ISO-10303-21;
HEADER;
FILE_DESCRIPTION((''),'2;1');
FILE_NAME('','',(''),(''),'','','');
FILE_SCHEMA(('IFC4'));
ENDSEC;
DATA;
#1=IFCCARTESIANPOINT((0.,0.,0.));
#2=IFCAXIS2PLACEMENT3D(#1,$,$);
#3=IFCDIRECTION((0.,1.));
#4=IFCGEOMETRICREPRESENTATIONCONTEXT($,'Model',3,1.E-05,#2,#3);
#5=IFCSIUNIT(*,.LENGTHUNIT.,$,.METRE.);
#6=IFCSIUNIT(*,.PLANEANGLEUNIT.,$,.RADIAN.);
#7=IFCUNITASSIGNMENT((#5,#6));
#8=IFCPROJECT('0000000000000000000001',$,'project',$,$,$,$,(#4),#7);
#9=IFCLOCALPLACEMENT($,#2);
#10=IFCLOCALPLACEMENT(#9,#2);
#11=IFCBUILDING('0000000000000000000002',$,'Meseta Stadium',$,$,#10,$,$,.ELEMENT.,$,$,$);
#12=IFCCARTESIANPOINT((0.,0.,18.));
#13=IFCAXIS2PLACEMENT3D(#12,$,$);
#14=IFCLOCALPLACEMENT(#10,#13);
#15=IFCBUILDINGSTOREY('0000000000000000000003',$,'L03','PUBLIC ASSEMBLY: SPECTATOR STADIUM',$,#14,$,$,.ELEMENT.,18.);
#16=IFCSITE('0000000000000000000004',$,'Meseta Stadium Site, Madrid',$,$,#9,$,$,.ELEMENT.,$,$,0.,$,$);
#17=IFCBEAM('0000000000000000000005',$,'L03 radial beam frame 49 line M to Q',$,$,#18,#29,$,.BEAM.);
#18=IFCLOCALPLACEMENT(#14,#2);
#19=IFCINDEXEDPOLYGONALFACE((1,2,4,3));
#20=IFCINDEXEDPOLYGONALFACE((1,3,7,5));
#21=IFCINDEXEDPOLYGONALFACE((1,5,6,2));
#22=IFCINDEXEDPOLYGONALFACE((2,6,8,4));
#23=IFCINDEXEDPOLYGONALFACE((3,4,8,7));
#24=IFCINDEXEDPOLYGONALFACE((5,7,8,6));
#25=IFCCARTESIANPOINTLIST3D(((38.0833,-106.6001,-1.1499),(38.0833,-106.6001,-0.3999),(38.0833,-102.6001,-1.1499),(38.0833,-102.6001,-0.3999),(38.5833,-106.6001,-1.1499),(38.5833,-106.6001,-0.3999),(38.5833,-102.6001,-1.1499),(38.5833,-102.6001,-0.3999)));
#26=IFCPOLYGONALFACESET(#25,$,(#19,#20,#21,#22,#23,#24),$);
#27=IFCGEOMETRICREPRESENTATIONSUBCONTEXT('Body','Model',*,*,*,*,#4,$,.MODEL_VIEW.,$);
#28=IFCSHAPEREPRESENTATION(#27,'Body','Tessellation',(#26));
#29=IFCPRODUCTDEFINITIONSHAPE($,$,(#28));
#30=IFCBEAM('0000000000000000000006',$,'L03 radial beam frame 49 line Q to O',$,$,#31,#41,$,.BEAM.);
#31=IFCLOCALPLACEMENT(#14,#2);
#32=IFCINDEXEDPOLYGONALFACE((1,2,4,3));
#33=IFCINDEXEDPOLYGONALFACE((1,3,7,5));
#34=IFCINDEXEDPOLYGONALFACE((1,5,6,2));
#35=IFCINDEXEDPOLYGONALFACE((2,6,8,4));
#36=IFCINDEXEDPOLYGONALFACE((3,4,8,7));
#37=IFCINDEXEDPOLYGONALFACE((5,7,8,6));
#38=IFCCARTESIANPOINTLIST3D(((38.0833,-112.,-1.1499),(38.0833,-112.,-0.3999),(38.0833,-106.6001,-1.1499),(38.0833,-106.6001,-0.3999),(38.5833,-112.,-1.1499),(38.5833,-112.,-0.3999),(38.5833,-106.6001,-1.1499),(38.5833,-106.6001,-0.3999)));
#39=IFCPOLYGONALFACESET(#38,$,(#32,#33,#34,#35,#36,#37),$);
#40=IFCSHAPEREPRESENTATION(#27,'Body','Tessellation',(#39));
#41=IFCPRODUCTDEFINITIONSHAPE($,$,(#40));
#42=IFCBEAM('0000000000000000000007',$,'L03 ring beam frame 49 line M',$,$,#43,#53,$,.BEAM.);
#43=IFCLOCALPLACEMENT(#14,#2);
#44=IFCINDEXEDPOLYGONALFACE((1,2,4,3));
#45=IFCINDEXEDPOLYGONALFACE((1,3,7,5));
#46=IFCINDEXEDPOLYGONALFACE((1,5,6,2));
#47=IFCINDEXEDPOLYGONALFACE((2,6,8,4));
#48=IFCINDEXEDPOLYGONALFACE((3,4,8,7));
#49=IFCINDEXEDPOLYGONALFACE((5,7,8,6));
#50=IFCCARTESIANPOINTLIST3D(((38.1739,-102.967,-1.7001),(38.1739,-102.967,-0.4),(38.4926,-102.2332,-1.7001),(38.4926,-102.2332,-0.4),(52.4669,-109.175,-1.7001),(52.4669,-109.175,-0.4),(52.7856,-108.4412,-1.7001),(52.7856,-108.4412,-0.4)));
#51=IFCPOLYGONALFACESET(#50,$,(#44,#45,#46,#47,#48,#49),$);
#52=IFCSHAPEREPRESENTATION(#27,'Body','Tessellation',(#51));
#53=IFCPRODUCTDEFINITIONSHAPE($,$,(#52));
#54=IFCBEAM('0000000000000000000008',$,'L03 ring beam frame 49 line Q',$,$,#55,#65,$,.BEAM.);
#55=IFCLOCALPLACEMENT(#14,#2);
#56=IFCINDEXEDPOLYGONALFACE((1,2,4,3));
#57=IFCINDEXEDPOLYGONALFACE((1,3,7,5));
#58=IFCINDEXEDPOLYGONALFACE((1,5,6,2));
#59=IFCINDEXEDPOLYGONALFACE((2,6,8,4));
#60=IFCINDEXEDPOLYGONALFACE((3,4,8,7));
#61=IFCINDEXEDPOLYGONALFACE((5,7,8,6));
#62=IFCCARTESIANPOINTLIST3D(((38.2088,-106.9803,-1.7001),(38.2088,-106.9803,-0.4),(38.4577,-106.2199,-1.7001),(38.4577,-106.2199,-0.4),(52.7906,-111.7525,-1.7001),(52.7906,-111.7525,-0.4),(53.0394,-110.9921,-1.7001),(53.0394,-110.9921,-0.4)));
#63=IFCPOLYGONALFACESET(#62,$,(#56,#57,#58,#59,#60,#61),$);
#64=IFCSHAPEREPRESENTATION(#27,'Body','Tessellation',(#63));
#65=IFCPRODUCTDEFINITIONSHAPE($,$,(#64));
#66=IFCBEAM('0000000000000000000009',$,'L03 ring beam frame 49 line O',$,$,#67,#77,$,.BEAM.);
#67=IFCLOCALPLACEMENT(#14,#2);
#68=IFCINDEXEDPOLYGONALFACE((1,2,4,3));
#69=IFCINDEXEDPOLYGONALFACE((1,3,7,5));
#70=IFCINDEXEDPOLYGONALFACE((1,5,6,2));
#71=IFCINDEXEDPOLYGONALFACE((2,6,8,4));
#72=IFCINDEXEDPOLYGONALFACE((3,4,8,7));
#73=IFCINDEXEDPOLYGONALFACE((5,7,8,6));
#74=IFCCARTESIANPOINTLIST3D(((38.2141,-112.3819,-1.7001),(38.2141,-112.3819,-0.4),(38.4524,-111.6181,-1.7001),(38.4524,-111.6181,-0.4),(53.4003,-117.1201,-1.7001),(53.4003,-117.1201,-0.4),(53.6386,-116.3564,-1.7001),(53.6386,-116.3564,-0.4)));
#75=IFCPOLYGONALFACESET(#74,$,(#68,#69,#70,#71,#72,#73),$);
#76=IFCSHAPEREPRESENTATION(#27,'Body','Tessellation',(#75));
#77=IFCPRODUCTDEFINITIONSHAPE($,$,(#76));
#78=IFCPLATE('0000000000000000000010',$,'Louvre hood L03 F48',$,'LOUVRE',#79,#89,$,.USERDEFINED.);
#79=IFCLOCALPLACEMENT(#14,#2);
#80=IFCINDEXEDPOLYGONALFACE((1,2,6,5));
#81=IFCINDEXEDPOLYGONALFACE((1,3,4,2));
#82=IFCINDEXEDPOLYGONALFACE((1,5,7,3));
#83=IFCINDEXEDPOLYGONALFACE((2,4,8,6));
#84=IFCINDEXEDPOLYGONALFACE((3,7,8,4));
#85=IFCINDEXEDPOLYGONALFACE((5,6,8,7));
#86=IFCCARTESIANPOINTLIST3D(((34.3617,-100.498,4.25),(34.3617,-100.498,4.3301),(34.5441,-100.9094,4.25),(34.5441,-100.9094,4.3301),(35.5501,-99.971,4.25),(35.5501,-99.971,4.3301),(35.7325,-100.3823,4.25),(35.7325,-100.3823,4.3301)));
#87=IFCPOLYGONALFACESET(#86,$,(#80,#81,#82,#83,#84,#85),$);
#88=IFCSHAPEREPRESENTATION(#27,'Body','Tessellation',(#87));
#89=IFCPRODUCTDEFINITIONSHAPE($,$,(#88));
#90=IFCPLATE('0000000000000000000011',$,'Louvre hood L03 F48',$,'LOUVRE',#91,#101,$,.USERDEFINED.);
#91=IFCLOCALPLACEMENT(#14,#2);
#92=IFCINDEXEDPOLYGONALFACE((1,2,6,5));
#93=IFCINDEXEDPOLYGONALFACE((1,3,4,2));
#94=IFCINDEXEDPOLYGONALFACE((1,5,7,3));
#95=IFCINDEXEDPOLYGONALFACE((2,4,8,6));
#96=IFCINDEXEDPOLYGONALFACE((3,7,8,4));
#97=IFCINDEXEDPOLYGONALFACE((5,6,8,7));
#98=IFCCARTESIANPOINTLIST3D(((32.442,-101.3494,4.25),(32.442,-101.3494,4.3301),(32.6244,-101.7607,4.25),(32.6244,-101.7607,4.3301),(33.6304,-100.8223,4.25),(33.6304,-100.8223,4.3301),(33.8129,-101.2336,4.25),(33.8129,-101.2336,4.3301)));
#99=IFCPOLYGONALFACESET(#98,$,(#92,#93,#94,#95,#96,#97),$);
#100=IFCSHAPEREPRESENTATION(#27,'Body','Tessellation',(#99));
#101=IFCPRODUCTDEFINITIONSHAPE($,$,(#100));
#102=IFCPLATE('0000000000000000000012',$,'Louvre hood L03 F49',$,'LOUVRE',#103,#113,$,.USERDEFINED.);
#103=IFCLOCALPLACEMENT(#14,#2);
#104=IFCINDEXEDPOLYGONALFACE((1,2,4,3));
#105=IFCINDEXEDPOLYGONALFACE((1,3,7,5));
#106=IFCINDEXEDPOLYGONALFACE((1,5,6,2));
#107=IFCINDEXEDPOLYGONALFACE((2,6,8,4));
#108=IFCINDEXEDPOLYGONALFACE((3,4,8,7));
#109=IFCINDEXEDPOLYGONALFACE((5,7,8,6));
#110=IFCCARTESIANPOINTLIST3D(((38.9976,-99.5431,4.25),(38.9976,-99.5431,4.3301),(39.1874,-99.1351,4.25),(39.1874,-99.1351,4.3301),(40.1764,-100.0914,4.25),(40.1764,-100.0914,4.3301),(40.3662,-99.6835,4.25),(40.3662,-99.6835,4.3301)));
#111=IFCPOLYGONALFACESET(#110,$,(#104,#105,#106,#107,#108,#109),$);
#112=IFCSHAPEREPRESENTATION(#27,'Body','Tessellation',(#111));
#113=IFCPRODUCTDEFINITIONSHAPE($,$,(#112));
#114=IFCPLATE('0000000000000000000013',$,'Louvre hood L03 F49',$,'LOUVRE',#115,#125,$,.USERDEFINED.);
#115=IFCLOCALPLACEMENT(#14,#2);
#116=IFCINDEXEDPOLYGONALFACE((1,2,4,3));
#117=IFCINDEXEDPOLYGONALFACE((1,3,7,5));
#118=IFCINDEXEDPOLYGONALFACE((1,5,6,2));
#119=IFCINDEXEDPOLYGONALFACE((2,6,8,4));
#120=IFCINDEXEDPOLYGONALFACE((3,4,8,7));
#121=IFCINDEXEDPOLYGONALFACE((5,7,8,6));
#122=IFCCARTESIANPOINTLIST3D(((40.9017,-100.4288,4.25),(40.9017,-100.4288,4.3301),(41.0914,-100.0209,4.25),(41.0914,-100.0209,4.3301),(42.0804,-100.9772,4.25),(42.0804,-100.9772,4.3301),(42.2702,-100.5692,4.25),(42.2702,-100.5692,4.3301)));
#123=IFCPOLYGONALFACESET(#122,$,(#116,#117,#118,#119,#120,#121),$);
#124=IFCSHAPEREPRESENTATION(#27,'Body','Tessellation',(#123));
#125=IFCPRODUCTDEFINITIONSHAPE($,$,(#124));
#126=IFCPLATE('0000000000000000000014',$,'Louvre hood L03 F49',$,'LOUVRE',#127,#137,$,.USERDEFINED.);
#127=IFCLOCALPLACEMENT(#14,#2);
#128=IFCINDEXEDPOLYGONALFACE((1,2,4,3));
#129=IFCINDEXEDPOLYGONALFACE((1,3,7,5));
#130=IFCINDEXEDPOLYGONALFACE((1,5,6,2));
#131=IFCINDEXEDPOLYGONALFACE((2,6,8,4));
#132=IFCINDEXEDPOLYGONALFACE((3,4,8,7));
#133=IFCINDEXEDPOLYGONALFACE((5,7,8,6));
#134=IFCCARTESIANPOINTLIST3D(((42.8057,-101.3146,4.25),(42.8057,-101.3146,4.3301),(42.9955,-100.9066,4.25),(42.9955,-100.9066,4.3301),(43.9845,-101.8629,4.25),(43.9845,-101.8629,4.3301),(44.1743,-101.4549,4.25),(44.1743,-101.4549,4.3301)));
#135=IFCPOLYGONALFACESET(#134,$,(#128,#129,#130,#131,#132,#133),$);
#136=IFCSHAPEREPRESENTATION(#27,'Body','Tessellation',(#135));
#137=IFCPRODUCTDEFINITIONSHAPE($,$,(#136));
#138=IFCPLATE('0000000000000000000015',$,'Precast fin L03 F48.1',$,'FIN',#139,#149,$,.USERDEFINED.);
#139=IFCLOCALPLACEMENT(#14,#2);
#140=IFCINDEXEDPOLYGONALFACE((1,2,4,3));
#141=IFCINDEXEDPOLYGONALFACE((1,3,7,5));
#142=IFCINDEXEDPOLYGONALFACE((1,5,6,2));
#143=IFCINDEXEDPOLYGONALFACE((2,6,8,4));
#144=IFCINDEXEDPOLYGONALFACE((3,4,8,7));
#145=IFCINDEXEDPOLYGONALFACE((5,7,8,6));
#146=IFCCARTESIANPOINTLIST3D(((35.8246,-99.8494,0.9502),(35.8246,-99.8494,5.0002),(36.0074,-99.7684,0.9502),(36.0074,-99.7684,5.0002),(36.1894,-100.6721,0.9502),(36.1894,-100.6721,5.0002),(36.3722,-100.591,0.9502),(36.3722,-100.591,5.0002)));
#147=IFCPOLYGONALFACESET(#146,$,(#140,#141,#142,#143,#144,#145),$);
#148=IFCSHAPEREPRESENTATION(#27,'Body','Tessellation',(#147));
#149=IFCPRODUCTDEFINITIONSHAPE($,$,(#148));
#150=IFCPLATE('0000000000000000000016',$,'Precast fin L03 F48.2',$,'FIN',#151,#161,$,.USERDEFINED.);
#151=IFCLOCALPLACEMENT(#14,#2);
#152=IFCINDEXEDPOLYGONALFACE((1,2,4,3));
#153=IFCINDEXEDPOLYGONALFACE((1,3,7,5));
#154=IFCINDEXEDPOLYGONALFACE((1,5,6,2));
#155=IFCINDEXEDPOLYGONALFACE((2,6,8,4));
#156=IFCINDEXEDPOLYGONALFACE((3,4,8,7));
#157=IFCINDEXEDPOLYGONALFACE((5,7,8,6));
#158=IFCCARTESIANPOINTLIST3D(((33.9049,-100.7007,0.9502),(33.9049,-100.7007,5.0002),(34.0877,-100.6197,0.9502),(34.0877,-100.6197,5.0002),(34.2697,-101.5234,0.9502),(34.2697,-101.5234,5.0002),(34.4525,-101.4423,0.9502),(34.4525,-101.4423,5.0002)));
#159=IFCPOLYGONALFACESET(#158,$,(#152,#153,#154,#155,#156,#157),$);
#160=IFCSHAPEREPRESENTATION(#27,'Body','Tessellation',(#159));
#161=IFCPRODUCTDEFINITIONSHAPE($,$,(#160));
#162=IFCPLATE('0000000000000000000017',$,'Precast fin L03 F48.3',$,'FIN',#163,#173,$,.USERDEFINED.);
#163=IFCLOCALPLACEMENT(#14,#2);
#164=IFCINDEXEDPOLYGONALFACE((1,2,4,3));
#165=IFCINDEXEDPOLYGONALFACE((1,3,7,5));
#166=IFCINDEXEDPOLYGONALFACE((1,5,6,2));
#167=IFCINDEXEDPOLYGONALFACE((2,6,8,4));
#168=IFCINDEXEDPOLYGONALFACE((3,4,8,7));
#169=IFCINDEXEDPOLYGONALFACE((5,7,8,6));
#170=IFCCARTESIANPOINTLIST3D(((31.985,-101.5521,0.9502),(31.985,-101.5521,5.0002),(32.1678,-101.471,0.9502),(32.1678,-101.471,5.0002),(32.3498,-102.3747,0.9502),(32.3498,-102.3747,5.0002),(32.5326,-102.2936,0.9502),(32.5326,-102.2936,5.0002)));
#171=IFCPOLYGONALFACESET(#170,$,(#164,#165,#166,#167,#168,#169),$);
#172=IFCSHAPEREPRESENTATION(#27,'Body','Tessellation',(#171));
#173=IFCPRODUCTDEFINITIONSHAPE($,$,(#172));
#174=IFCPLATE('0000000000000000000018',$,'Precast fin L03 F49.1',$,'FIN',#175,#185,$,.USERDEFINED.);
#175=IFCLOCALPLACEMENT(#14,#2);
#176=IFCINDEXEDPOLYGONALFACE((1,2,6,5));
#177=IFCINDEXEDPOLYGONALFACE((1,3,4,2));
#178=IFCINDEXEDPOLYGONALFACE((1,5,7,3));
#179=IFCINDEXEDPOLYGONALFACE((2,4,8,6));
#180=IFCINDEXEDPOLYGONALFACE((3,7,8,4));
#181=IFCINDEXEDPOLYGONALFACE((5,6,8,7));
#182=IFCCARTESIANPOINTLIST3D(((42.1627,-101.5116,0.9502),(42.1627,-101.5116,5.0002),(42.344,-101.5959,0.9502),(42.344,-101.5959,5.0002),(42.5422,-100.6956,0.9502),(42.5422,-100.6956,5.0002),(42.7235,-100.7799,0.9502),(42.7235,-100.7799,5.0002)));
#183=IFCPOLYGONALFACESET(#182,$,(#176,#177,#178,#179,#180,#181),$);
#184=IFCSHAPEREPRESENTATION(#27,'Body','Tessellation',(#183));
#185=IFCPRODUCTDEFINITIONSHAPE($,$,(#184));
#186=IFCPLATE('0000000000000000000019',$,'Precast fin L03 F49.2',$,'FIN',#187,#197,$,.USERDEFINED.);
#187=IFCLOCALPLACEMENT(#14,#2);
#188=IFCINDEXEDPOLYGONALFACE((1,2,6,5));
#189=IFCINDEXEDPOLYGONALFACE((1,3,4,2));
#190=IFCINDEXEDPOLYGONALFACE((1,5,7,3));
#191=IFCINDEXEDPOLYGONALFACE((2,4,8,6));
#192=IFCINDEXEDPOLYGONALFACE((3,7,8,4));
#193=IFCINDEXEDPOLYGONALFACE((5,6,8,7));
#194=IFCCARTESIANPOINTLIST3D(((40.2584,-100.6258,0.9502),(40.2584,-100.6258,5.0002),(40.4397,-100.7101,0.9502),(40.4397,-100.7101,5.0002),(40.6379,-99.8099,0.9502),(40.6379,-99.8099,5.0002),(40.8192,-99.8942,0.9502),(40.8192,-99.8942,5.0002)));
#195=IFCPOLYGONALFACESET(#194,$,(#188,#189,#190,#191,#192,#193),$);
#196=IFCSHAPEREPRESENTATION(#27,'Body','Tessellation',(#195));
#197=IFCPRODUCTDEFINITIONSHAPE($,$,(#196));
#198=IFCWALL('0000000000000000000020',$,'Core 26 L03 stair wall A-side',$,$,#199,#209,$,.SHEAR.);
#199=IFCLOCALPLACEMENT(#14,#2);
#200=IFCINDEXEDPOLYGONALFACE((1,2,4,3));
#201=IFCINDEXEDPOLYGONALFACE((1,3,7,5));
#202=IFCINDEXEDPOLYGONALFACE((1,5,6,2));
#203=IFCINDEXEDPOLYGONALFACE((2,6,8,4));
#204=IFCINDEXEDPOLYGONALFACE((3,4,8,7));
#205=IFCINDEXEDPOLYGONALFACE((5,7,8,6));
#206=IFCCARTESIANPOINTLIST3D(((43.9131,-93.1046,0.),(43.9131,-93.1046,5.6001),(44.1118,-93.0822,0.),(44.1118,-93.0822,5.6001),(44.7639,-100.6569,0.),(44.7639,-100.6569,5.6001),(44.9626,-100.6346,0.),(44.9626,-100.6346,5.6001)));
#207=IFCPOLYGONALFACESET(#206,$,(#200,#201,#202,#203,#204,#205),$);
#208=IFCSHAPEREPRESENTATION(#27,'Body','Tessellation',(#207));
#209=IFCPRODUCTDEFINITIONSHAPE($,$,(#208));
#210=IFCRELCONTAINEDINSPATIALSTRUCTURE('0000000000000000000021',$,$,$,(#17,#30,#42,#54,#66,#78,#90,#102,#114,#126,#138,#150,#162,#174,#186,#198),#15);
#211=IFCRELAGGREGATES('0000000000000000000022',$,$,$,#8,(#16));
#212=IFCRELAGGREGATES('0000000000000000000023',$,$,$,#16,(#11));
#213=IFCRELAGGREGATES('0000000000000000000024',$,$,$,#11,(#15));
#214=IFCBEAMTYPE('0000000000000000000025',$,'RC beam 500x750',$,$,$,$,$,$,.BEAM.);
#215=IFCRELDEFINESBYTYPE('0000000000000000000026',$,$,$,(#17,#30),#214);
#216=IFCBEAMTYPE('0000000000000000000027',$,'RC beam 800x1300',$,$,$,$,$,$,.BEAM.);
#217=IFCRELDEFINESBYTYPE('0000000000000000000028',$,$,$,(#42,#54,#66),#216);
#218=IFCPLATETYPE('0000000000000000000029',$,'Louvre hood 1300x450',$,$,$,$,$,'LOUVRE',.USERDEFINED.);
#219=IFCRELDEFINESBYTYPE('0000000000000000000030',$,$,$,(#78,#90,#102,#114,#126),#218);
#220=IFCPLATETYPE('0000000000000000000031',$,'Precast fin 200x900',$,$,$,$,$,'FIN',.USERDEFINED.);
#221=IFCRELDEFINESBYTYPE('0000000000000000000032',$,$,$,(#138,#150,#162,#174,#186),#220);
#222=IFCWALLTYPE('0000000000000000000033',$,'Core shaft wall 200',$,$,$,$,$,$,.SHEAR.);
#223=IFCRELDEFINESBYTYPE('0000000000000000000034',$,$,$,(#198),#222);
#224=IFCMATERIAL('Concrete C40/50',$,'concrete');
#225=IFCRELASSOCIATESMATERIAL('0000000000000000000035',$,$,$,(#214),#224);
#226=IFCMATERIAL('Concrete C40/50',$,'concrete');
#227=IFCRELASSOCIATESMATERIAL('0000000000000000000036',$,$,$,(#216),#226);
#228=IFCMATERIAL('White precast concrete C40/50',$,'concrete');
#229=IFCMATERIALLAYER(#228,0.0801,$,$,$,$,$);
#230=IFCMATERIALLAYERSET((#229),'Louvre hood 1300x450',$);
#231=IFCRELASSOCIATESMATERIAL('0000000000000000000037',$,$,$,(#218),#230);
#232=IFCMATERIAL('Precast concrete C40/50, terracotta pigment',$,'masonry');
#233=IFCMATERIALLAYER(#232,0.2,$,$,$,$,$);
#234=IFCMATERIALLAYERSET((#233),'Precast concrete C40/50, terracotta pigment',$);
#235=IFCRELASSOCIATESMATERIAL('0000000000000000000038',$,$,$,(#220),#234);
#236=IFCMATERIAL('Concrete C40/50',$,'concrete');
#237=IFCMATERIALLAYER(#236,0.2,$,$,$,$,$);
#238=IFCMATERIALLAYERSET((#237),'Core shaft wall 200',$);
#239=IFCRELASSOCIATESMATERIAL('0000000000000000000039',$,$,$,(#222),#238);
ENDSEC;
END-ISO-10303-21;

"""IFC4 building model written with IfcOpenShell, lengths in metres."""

from ifc_helpers import new_model, si_unit, direction, frame, frame_2d, origin, origin_2d, place, context, subcontext, project, spatial, rectangle, extrude, material, layer, layer_set, material_profile, profile_set, type_object, element, save


model = new_model("IFC4")

# Units and contexts
model_context = context("Model", 3, precision=1e-05, world=origin(), true_north=direction((0.0, 1.0)))
body_context = subcontext(model_context, "Body", "Model", "MODEL_VIEW")
ifc_project = project(units=[si_unit("LENGTHUNIT", "METRE"), si_unit("PLANEANGLEUNIT", "RADIAN")], contexts=[model_context])

# Site, building, storey
site_placement = place(None, origin())
site = spatial("IfcSite", under=ifc_project, at=site_placement, Name="Meseta Stadium Site, Madrid", CompositionType="ELEMENT", RefElevation=0.0)
building_placement = place(site_placement, origin())
building = spatial("IfcBuilding", under=site, at=building_placement, Name="Meseta Stadium", CompositionType="ELEMENT")
storey_placement = place(building_placement, frame((0.0, 0.0, 18.0)))
storey = spatial("IfcBuildingStorey", under=building, at=storey_placement, Name="L03", Description="PUBLIC ASSEMBLY: SPECTATOR STADIUM", CompositionType="ELEMENT", Elevation=18.0)

# Beams
ifc_material_1 = material(Name="Concrete C40/50", Category="concrete")
ifc_material_profile_1 = material_profile(ifc_material_1, rectangle(XDim=0.5, YDim=0.75, at=origin_2d()), Name="RC 500x750")
ifc_profile_set_1 = profile_set([ifc_material_profile_1], Name="Concrete C40/50")
beam_type_1 = type_object("IfcBeamType", Name="RC beam 500x750", PredefinedType="BEAM", material=ifc_profile_set_1)
beam_1_placement = place(storey_placement, frame((38.3333, -102.6001, -0.7749), z_axis=(0.0, -1.0, 0.0), x_axis=(1.0, 0.0, 0.0)))
element("IfcBeam", 1, at=beam_1_placement, inside=storey, type_object=beam_type_1, Name="L03 radial beam frame 49 line M to Q", PredefinedType="BEAM", context=body_context, shape_type="SweptSolid", body=[
    extrude(rectangle(XDim=0.5, YDim=0.75, at=origin_2d()), origin(), (0.0, 0.0, 1.0), 4.0),
])
beam_2_placement = place(storey_placement, frame((38.3333, -106.6001, -0.7749), z_axis=(0.0, -1.0, 0.0), x_axis=(1.0, 0.0, 0.0)))
element("IfcBeam", 2, at=beam_2_placement, inside=storey, type_object=beam_type_1, Name="L03 radial beam frame 49 line Q to O", PredefinedType="BEAM", context=body_context, shape_type="SweptSolid", body=[
    extrude(rectangle(XDim=0.5, YDim=0.75, at=origin_2d()), origin(), (0.0, 0.0, 1.0), 5.3999),
])
ifc_material_2 = material(Name="Concrete C40/50", Category="concrete")
ifc_material_profile_2 = material_profile(ifc_material_2, rectangle(XDim=0.8, YDim=1.3, at=origin_2d()), Name="RC 800x1300")
ifc_profile_set_2 = profile_set([ifc_material_profile_2], Name="Concrete C40/50")
beam_type_2 = type_object("IfcBeamType", Name="RC beam 800x1300", PredefinedType="BEAM", material=ifc_profile_set_2)
beam_3_placement = place(storey_placement, frame((38.3333, -102.6001, -1.05), z_axis=(0.917218, -0.398385, 0.0), x_axis=(0.398385, 0.917218, 0.0)))
element("IfcBeam", 3, at=beam_3_placement, inside=storey, type_object=beam_type_2, Name="L03 ring beam frame 49 line M", PredefinedType="BEAM", context=body_context, shape_type="SweptSolid", body=[
    extrude(rectangle(XDim=0.8, YDim=1.3, at=origin_2d()), origin(), (0.0, 0.0, 1.0), 15.583),
])
beam_4_placement = place(storey_placement, frame((38.3333, -106.6001, -1.05), z_axis=(0.950397, -0.311039, 0.0), x_axis=(0.311039, 0.950397, 0.0)))
element("IfcBeam", 4, at=beam_4_placement, inside=storey, type_object=beam_type_2, Name="L03 ring beam frame 49 line Q", PredefinedType="BEAM", context=body_context, shape_type="SweptSolid", body=[
    extrude(rectangle(XDim=0.8, YDim=1.3, at=origin_2d()), origin(), (0.0, 0.0, 1.0), 15.3428),
])
beam_5_placement = place(storey_placement, frame((38.3333, -112.0, -1.05), z_axis=(0.954613, -0.297849, 0.0), x_axis=(0.297849, 0.954613, 0.0)))
element("IfcBeam", 5, at=beam_5_placement, inside=storey, type_object=beam_type_2, Name="L03 ring beam frame 49 line O", PredefinedType="BEAM", context=body_context, shape_type="SweptSolid", body=[
    extrude(rectangle(XDim=0.8, YDim=1.3, at=origin_2d()), origin(), (0.0, 0.0, 1.0), 15.9082),
])

# Plates
ifc_material_3 = material(Name="White precast concrete C40/50", Category="concrete")
ifc_layer_1 = layer(ifc_material_3, 0.0801)
ifc_layer_set_1 = layer_set([ifc_layer_1], Name="Louvre hood 1300x450")
plate_type_1 = type_object("IfcPlateType", Name="Louvre hood 1300x450", ElementType="LOUVRE", PredefinedType="USERDEFINED", material=ifc_layer_set_1)
for number, where, z_axis, x_axis, name in (
    (6, (35.0471, -100.4402, 4.25), (0.0, 0.0, 1.0), (0.914139, 0.405401, 0.0), "Louvre hood L03 F48"),
    (7, (33.1274, -101.2915, 4.25), (0.0, 0.0, 1.0), (0.914139, 0.405401, 0.0), "Louvre hood L03 F48"),
    (8, (39.6819, -99.6133, 4.25), (0.0, 0.0, 1.0), (0.906703, -0.42177, 0.0), "Louvre hood L03 F49"),
    (9, (41.5859, -100.499, 4.25), (0.0, 0.0, 1.0), (0.906703, -0.42177, 0.0), "Louvre hood L03 F49"),
    (10, (43.49, -101.3848, 4.25), (0.0, 0.0, 1.0), (0.906703, -0.42177, 0.0), "Louvre hood L03 F49"),
):
    element("IfcPlate", number, at=place(storey_placement, frame(where, z_axis=z_axis, x_axis=x_axis)), inside=storey, type_object=plate_type_1, Name=name, ObjectType="LOUVRE", PredefinedType="USERDEFINED", context=body_context, shape_type="SweptSolid", body=[
        extrude(rectangle(XDim=1.3, YDim=0.45, at=origin_2d()), origin(), (0.0, 0.0, 1.0), 0.0801),
    ])
ifc_material_4 = material(Name="Precast concrete C40/50, terracotta pigment", Category="masonry")
ifc_layer_2 = layer(ifc_material_4, 0.2)
ifc_layer_set_2 = layer_set([ifc_layer_2], Name="Precast concrete C40/50, terracotta pigment")
plate_type_2 = type_object("IfcPlateType", Name="Precast fin 200x900", ElementType="FIN", PredefinedType="USERDEFINED", material=ifc_layer_set_2)
for number, where, z_axis, x_axis, name in (
    (11, (36.0984, -100.2202, 0.9502), (0.0, 0.0, 1.0), (-0.914139, -0.4054, 0.0), "Precast fin L03 F48.1"),
    (12, (34.1787, -101.0715, 0.9502), (0.0, 0.0, 1.0), (-0.914139, -0.4054, 0.0), "Precast fin L03 F48.2"),
    (13, (32.2588, -101.9229, 0.9502), (0.0, 0.0, 1.0), (-0.914139, -0.4054, 0.0), "Precast fin L03 F48.3"),
    (14, (42.4431, -101.1458, 0.9502), (0.0, 0.0, 1.0), (-0.906703, 0.42177, 0.0), "Precast fin L03 F49.1"),
    (15, (40.5388, -100.26, 0.9502), (0.0, 0.0, 1.0), (-0.906703, 0.42177, 0.0), "Precast fin L03 F49.2"),
):
    element("IfcPlate", number, at=place(storey_placement, frame(where, z_axis=z_axis, x_axis=x_axis)), inside=storey, type_object=plate_type_2, Name=name, ObjectType="FIN", PredefinedType="USERDEFINED", context=body_context, shape_type="SweptSolid", body=[
        extrude(rectangle(XDim=0.2, YDim=0.8999, at=origin_2d()), origin(), (0.0, 0.0, 1.0), 4.05),
    ])

# Wall
ifc_material_5 = material(Name="Concrete C40/50", Category="concrete")
ifc_layer_3 = layer(ifc_material_5, 0.2)
ifc_layer_set_3 = layer_set([ifc_layer_3], Name="Core shaft wall 200")
wall_type_1 = type_object("IfcWallType", Name="Core shaft wall 200", PredefinedType="SHEAR", material=ifc_layer_set_3)
wall_1_placement = place(storey_placement, frame((44.8633, -100.6458, 0.0), z_axis=(0.0, 0.0, 1.0), x_axis=(-0.111951, 0.993714, 0.0)))
element("IfcWall", 16, at=wall_1_placement, inside=storey, type_object=wall_type_1, Name="Core 26 L03 stair wall A-side", PredefinedType="SHEAR", context=body_context, shape_type="SweptSolid", body=[
    extrude(rectangle(XDim=7.6001, YDim=0.2, at=frame_2d((3.8, 0.0))), origin(), (0.0, 0.0, 1.0), 5.6001),
])

save(model, "model.ifc")
